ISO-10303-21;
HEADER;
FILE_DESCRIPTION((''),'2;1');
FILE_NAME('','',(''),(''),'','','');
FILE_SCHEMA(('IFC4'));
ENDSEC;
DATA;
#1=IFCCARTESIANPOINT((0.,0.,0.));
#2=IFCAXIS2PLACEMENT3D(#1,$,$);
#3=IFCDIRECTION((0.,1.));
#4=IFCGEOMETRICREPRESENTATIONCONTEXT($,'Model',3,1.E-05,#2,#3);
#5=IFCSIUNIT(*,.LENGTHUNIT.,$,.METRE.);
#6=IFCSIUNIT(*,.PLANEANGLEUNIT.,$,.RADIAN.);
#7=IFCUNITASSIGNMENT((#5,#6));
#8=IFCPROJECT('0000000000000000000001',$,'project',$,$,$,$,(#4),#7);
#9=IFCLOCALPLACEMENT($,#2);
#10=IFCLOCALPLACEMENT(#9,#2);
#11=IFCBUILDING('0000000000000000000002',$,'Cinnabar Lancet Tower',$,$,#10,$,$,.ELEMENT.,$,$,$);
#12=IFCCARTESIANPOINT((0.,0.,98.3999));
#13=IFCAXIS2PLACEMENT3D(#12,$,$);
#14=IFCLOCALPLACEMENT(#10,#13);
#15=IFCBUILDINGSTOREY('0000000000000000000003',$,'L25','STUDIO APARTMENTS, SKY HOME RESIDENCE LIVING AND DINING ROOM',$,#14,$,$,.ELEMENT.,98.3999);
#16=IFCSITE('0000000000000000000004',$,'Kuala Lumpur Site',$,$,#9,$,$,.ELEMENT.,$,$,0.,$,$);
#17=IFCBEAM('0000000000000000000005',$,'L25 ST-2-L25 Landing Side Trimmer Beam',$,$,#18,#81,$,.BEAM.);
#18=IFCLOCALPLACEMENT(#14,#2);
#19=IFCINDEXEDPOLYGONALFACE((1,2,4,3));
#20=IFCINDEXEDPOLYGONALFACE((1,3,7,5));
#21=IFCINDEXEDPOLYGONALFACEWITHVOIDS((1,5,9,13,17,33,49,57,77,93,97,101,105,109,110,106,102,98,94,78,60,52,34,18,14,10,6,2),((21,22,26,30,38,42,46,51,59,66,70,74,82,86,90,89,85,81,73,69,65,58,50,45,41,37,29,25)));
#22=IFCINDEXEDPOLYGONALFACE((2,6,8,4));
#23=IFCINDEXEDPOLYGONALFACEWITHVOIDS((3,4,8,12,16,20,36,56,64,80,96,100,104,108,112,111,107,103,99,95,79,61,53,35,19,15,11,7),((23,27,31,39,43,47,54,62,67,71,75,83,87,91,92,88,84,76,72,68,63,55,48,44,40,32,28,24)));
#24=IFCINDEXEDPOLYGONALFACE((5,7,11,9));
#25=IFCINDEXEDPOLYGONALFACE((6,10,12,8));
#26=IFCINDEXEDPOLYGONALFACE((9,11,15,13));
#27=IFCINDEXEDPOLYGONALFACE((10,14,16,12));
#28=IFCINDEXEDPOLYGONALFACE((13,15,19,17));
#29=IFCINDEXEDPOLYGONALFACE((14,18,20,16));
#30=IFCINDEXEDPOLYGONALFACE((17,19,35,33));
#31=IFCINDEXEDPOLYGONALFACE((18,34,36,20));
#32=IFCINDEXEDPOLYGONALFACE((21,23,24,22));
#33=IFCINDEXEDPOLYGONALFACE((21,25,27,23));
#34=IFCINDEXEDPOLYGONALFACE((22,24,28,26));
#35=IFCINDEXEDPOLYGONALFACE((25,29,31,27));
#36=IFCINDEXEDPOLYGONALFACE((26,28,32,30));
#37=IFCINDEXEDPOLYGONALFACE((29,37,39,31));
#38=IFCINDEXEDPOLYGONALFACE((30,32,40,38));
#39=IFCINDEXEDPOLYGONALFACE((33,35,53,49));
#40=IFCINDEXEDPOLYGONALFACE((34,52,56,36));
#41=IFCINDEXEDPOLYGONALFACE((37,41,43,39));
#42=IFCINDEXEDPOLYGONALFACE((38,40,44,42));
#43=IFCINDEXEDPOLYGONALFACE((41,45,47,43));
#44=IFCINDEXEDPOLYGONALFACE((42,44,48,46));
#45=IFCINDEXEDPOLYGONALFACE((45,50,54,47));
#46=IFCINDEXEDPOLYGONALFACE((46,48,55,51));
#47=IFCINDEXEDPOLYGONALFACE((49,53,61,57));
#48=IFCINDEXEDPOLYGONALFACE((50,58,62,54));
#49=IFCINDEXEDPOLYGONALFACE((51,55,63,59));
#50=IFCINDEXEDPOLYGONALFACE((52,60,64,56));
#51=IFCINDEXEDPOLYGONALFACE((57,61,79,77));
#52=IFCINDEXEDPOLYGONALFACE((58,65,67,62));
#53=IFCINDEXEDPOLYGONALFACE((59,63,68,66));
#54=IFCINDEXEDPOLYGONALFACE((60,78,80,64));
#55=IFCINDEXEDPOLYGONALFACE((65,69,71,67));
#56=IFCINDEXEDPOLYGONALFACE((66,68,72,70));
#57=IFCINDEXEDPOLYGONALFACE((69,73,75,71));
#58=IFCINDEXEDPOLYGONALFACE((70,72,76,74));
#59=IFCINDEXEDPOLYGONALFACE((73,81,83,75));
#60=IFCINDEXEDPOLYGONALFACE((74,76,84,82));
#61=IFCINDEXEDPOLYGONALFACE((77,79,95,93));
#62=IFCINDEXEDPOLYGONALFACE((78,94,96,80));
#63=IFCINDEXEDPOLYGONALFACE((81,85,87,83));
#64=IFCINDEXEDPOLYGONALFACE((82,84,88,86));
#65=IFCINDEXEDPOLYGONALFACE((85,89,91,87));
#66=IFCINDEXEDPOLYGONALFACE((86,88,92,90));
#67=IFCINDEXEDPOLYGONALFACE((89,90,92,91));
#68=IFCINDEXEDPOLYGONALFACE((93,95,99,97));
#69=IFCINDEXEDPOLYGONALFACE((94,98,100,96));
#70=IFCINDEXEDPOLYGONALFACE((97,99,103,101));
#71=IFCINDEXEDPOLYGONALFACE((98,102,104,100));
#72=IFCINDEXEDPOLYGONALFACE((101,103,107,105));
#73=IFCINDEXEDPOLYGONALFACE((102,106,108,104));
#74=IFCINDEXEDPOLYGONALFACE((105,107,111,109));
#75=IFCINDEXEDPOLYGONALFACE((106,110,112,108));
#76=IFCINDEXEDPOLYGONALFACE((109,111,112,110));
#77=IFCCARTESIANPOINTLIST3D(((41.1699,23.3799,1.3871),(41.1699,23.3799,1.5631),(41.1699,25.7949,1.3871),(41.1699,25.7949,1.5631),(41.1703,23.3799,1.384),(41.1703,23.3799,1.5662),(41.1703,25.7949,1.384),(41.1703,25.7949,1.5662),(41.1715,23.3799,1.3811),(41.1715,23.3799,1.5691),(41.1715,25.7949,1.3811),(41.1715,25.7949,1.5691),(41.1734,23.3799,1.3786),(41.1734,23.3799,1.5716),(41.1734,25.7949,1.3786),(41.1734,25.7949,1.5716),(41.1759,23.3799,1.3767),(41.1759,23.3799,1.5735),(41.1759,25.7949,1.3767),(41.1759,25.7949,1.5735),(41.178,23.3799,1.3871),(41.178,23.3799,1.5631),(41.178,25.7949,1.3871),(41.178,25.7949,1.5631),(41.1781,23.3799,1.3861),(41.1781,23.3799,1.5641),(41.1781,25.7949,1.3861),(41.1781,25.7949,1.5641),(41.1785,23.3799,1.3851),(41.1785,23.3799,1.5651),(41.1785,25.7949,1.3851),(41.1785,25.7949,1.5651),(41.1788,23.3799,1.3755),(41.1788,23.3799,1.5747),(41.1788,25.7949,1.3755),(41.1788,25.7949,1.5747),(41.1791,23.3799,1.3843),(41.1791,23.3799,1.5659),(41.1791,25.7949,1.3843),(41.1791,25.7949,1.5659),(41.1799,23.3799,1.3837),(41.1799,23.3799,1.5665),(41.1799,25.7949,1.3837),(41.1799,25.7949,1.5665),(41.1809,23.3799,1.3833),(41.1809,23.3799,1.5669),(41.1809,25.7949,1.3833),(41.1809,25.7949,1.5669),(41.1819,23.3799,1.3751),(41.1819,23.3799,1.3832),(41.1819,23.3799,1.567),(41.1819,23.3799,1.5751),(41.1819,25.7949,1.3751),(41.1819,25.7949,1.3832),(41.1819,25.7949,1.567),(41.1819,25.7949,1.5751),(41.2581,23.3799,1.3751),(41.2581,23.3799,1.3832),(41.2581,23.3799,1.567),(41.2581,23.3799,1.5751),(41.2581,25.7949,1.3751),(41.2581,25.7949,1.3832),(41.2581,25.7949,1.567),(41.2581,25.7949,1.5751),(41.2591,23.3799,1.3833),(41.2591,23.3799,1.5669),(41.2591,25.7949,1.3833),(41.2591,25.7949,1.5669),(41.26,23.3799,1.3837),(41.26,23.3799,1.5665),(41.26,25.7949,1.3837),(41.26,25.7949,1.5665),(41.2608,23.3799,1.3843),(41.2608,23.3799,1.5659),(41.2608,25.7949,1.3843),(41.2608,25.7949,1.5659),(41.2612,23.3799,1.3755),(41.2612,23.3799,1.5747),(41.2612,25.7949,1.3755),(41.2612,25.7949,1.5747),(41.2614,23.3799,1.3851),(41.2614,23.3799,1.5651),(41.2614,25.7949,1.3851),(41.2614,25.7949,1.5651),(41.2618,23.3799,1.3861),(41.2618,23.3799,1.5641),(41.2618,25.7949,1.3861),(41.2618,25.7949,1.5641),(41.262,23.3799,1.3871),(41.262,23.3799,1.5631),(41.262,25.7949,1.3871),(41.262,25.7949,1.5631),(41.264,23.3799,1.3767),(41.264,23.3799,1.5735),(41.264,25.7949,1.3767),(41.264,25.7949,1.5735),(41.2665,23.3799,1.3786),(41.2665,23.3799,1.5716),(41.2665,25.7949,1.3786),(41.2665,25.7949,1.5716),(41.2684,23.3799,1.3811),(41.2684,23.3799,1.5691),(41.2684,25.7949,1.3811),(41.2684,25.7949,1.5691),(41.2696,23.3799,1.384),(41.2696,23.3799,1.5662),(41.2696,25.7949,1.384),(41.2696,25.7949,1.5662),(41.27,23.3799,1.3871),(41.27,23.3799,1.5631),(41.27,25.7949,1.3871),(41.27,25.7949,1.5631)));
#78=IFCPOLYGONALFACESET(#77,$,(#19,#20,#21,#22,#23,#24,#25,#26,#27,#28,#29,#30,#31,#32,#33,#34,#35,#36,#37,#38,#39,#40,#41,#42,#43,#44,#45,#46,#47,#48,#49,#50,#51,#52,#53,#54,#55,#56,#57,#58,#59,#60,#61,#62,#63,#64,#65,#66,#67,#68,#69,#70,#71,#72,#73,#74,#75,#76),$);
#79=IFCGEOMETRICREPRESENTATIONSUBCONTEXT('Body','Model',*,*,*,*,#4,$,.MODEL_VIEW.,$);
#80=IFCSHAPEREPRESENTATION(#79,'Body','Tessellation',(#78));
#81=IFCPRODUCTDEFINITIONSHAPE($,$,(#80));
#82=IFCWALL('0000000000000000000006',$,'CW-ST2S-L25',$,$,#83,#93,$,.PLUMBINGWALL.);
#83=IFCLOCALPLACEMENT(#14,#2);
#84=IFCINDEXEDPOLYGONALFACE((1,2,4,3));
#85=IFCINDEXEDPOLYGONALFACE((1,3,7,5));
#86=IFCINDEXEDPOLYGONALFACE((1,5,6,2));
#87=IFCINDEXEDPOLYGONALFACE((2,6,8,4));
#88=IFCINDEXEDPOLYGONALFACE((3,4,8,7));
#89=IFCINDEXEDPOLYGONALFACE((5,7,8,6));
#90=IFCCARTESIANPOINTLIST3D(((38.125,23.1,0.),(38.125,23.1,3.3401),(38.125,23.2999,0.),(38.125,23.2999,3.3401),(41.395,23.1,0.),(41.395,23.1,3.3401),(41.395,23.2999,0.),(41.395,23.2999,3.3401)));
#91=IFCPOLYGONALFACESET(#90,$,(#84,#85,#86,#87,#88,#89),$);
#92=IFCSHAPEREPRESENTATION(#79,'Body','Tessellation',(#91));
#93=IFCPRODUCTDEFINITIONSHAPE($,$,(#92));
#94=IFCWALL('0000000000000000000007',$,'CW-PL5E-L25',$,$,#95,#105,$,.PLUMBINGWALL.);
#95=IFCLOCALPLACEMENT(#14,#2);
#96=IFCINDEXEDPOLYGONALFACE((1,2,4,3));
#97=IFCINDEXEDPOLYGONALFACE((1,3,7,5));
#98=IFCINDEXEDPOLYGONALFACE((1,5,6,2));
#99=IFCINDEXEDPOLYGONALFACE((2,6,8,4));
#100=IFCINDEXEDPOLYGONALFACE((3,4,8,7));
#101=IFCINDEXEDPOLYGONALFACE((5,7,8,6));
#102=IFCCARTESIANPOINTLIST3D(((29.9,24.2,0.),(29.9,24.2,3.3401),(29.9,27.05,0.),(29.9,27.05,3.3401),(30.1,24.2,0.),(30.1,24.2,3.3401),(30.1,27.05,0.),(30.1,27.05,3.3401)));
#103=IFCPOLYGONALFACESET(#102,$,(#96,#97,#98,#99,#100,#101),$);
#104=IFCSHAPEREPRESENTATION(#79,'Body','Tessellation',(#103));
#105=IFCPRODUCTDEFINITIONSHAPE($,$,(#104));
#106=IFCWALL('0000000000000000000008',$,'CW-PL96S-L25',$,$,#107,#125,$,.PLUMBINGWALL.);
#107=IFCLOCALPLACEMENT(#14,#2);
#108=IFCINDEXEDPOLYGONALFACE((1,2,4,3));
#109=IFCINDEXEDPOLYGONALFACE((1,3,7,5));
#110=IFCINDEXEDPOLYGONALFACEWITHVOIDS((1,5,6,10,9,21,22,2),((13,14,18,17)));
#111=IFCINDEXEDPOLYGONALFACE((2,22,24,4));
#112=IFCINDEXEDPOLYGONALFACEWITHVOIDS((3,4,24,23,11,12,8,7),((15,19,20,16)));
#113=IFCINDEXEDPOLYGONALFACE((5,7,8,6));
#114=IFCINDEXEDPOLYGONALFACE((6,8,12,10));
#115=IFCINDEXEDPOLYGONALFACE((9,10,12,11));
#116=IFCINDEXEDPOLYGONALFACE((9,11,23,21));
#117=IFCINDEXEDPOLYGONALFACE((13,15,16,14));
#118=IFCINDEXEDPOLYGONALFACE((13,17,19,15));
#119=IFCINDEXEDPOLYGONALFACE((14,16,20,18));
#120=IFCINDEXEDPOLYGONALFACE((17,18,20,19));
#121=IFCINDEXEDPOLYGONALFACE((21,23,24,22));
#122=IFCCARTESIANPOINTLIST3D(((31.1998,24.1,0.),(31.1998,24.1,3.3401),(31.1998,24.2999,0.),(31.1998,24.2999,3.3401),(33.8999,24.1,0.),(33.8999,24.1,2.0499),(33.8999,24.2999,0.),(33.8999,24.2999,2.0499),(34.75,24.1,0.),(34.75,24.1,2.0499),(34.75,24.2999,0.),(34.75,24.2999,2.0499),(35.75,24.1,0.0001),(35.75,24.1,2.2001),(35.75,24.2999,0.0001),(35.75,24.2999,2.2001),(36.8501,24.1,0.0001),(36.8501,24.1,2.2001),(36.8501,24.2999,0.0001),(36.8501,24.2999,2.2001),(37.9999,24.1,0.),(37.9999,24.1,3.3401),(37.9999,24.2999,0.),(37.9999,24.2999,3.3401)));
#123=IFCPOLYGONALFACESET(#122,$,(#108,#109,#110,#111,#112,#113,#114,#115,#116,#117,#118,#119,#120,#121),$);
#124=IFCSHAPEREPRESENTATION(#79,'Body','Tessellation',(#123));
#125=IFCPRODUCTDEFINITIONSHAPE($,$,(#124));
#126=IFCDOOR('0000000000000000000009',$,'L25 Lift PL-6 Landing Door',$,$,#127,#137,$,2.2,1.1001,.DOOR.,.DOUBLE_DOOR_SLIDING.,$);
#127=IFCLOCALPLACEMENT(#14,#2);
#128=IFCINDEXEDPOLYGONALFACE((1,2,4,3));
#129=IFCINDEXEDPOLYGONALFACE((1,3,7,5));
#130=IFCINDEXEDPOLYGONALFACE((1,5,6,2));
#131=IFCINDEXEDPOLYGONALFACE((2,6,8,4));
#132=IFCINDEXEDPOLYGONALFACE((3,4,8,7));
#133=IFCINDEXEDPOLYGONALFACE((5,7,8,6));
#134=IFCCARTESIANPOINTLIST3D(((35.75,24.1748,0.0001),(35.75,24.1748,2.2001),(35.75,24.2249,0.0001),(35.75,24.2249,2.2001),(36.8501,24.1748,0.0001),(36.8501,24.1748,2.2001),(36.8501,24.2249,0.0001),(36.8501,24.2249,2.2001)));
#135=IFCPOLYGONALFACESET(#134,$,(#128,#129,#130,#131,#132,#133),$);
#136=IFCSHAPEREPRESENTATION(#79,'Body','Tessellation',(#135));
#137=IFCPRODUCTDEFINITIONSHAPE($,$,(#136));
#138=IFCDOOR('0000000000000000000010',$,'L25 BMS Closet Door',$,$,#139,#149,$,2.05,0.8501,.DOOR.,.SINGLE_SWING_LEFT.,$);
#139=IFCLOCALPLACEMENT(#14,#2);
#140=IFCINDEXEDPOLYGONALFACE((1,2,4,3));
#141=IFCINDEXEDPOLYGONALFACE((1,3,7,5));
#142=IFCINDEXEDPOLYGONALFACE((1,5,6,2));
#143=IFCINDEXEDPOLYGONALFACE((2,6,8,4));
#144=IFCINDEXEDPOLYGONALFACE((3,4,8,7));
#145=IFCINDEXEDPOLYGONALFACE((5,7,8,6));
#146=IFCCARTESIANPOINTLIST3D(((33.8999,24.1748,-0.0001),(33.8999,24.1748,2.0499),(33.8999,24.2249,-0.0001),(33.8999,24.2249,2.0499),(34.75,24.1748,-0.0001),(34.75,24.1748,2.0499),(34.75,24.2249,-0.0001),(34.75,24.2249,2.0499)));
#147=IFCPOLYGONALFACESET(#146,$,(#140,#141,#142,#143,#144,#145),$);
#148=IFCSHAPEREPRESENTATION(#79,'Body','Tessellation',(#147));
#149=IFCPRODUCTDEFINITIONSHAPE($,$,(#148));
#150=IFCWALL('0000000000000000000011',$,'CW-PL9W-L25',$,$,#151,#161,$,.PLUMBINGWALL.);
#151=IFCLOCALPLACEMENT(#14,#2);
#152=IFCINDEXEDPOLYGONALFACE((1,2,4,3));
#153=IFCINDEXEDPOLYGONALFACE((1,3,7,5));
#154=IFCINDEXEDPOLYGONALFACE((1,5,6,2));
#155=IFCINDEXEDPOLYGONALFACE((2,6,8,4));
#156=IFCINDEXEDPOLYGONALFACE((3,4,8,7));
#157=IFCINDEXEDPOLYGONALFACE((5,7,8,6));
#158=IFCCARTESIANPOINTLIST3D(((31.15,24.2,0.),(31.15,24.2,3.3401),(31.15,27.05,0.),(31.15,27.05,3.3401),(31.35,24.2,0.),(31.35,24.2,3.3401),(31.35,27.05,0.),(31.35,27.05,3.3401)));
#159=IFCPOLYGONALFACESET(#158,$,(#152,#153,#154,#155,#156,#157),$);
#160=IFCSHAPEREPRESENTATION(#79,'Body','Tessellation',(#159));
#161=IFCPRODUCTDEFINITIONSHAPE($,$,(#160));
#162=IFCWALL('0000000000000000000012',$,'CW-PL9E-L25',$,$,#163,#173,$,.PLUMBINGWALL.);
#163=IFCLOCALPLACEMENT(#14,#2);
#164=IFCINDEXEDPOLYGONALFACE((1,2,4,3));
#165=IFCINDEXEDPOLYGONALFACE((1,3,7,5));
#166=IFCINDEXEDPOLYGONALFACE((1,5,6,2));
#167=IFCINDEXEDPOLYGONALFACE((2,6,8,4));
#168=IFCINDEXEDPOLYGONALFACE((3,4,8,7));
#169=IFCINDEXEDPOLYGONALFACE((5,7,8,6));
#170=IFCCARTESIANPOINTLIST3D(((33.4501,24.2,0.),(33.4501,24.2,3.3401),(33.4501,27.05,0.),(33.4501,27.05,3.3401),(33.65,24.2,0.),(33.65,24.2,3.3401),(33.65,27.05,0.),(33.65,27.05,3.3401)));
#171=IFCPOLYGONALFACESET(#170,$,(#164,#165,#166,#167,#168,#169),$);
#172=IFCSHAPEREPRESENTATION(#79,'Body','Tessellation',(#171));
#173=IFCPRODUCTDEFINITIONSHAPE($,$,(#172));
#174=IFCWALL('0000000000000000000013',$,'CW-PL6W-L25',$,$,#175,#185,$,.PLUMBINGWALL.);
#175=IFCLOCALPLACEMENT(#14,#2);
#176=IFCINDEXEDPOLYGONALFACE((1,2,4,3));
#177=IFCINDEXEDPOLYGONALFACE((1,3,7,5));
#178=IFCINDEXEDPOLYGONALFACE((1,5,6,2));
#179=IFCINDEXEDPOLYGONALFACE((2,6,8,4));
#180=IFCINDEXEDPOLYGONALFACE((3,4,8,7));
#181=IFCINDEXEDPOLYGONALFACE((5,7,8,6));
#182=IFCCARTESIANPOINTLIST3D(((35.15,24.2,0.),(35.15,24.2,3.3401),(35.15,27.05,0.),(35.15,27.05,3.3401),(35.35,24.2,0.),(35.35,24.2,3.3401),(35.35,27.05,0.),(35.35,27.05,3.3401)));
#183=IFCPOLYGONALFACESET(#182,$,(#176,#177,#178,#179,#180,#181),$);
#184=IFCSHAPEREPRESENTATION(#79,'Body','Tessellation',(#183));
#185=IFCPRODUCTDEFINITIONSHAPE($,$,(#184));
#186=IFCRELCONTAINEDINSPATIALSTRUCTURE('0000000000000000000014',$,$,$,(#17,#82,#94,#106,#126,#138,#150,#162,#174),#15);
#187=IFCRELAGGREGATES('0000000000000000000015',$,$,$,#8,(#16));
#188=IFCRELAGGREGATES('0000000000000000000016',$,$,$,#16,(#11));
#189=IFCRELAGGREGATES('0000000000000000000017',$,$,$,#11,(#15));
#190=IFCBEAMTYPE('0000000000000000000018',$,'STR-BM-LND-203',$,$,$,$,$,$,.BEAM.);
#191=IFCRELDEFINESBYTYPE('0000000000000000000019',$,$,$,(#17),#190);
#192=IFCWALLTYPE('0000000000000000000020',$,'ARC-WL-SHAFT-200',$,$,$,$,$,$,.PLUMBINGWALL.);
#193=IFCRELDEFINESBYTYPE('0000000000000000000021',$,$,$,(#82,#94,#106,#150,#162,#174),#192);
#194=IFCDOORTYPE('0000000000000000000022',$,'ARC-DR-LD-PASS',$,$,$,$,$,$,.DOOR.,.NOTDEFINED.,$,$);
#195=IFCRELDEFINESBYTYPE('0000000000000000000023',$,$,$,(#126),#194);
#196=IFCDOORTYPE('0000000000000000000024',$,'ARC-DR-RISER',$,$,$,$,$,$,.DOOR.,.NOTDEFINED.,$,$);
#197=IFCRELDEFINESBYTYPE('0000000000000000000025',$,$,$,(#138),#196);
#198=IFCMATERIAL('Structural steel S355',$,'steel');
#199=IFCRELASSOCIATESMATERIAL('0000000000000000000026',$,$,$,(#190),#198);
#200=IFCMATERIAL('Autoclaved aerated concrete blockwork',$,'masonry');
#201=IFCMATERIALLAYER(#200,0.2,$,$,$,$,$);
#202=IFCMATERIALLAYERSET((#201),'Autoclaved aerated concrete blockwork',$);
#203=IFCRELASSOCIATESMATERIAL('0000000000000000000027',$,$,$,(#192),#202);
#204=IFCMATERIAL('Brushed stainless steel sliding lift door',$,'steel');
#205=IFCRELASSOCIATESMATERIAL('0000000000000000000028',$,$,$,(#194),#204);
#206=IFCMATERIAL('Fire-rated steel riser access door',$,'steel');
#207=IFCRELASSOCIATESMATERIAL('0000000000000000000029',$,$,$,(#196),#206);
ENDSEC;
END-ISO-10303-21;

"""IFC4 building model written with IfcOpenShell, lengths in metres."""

from ifc_helpers import new_model, si_unit, direction, frame, frame_2d, origin, origin_2d, place, context, subcontext, project, spatial, rectangle, hollow_rectangle, extrude, material, layer, layer_set, material_profile, profile_set, type_object, element, fill, save


model = new_model("IFC4")

# Units and contexts
model_context = context("Model", 3, precision=1e-05, world=origin(), true_north=direction((0.0, 1.0)))
body_context = subcontext(model_context, "Body", "Model", "MODEL_VIEW")
ifc_project = project(units=[si_unit("LENGTHUNIT", "METRE"), si_unit("PLANEANGLEUNIT", "RADIAN")], contexts=[model_context])

# Site, building, storey
site_placement = place(None, origin())
site = spatial("IfcSite", under=ifc_project, at=site_placement, Name="Kuala Lumpur Site", CompositionType="ELEMENT", RefElevation=0.0)
building_placement = place(site_placement, origin())
building = spatial("IfcBuilding", under=site, at=building_placement, Name="Cinnabar Lancet Tower", CompositionType="ELEMENT")
storey_placement = place(building_placement, frame((0.0, 0.0, 98.3999)))
storey = spatial("IfcBuildingStorey", under=building, at=storey_placement, Name="L25", Description="STUDIO APARTMENTS, SKY HOME RESIDENCE LIVING AND DINING ROOM", CompositionType="ELEMENT", Elevation=98.3999)

# Beam
ifc_material_1 = material(Name="Structural steel S355", Category="steel")
ifc_material_profile_1 = material_profile(ifc_material_1, hollow_rectangle(XDim=0.1001, YDim=0.2, WallThickness=0.0081, InnerFilletRadius=0.0039, OuterFilletRadius=0.012, at=origin_2d()), Name="RHS 200x100x8")
ifc_profile_set_1 = profile_set([ifc_material_profile_1], Name="Structural steel S355")
beam_type = type_object("IfcBeamType", Name="STR-BM-LND-203", PredefinedType="BEAM", material=ifc_profile_set_1)
beam_placement = place(storey_placement, frame((41.22, 23.3799, 1.4751), z_axis=(0.0, 1.0, 0.0), x_axis=(-1.0, 0.0, 0.0)))
element("IfcBeam", 1, at=beam_placement, inside=storey, type_object=beam_type, Name="L25 ST-2-L25 Landing Side Trimmer Beam", PredefinedType="BEAM", context=body_context, shape_type="SweptSolid", body=[
    extrude(hollow_rectangle(XDim=0.1001, YDim=0.2, WallThickness=0.0081, InnerFilletRadius=0.0039, OuterFilletRadius=0.012, at=origin_2d()), origin(), (0.0, 0.0, 1.0), 2.415),
])

# Walls
ifc_material_2 = material(Name="Autoclaved aerated concrete blockwork", Category="masonry")
ifc_layer_1 = layer(ifc_material_2, 0.2)
ifc_layer_set_1 = layer_set([ifc_layer_1], Name="Autoclaved aerated concrete blockwork")
wall_type_1 = type_object("IfcWallType", Name="ARC-WL-SHAFT-200", PredefinedType="PLUMBINGWALL", material=ifc_layer_set_1)
wall_1_placement = place(storey_placement, frame((38.125, 23.2, 0.0), z_axis=(0.0, 0.0, 1.0), x_axis=(1.0, 0.0, 0.0)))
element("IfcWall", 2, at=wall_1_placement, inside=storey, type_object=wall_type_1, Name="CW-ST2S-L25", PredefinedType="PLUMBINGWALL", context=body_context, shape_type="SweptSolid", body=[
    extrude(rectangle(XDim=3.27, YDim=0.2, at=frame_2d((1.635, 0.0))), origin(), (0.0, 0.0, 1.0), 3.3401),
])
wall_2_placement = place(storey_placement, frame((30.0, 24.2, 0.0), z_axis=(0.0, 0.0, 1.0), x_axis=(0.0, 1.0, 0.0)))
element("IfcWall", 3, at=wall_2_placement, inside=storey, type_object=wall_type_1, Name="CW-PL5E-L25", PredefinedType="PLUMBINGWALL", context=body_context, shape_type="SweptSolid", body=[
    extrude(rectangle(XDim=2.8501, YDim=0.2, at=frame_2d((1.425, 0.0))), origin(), (0.0, 0.0, 1.0), 3.3401),
])

# Wall, openings, doors
wall_3_placement = place(storey_placement, frame((31.2, 24.2, 0.0), z_axis=(0.0, 0.0, 1.0), x_axis=(1.0, 0.0, 0.0)))
wall_3 = element("IfcWall", 4, at=wall_3_placement, inside=storey, type_object=wall_type_1, Name="CW-PL96S-L25", PredefinedType="PLUMBINGWALL", context=body_context, shape_type="SweptSolid", body=[
    extrude(rectangle(XDim=6.8, YDim=0.2, at=frame_2d((3.3999, 0.0))), origin(), (0.0, 0.0, 1.0), 3.3401),
])
opening_1_placement = place(wall_3_placement, frame((2.7, 0.0, 0.0)))
opening_1 = element("IfcOpeningElement", 5, at=opening_1_placement, cuts=wall_3, PredefinedType="OPENING", context=body_context, shape_type="SweptSolid", body=[
    extrude(rectangle(XDim=0.8501, YDim=2.05, at=frame_2d((0.425, 1.0249))), frame((0.0, 0.1099, 0.0), z_axis=(0.0, -1.0, 0.0), x_axis=(1.0, 0.0, 0.0)), (0.0, 0.0, 1.0), 0.22),
])
opening_2_placement = place(wall_3_placement, frame((4.55, 0.0, 0.0)))
opening_2 = element("IfcOpeningElement", 6, at=opening_2_placement, cuts=wall_3, PredefinedType="OPENING", context=body_context, shape_type="SweptSolid", body=[
    extrude(rectangle(XDim=1.1001, YDim=2.2, at=frame_2d((0.55, 1.1001))), frame((0.0, 0.1099, 0.0), z_axis=(0.0, -1.0, 0.0), x_axis=(1.0, 0.0, 0.0)), (0.0, 0.0, 1.0), 0.22),
])
ifc_material_3 = material(Name="Brushed stainless steel sliding lift door", Category="steel")
door_type_1 = type_object("IfcDoorType", Name="ARC-DR-LD-PASS", OperationType="NOTDEFINED", PredefinedType="DOOR", material=ifc_material_3)
door_1_placement = place(opening_2_placement, origin())
door_1 = element("IfcDoor", 7, at=door_1_placement, inside=storey, type_object=door_type_1, Name="L25 Lift PL-6 Landing Door", OperationType="DOUBLE_DOOR_SLIDING", OverallHeight=2.2, OverallWidth=1.1001, PredefinedType="DOOR", context=body_context, shape_type="SweptSolid", body=[
    extrude(rectangle(XDim=1.1001, YDim=2.2, at=frame_2d((0.55, 1.1001))), frame((0.0, 0.0249, 0.0), z_axis=(0.0, -1.0, 0.0), x_axis=(1.0, 0.0, 0.0)), (0.0, 0.0, 1.0), 0.05),
])
fill(opening_2, door_1)
ifc_material_4 = material(Name="Fire-rated steel riser access door", Category="steel")
door_type_2 = type_object("IfcDoorType", Name="ARC-DR-RISER", OperationType="NOTDEFINED", PredefinedType="DOOR", material=ifc_material_4)
door_2_placement = place(opening_1_placement, origin())
door_2 = element("IfcDoor", 8, at=door_2_placement, inside=storey, type_object=door_type_2, Name="L25 BMS Closet Door", OperationType="SINGLE_SWING_LEFT", OverallHeight=2.05, OverallWidth=0.8501, PredefinedType="DOOR", context=body_context, shape_type="SweptSolid", body=[
    extrude(rectangle(XDim=0.8501, YDim=2.05, at=frame_2d((0.425, 1.0249))), frame((0.0, 0.0249, 0.0), z_axis=(0.0, -1.0, 0.0), x_axis=(1.0, 0.0, 0.0)), (0.0, 0.0, 1.0), 0.05),
])
fill(opening_1, door_2)

# Walls
for number, where, z_axis, x_axis, name in (
    (9, (31.25, 24.2, 0.0), (0.0, 0.0, 1.0), (0.0, 1.0, 0.0), "CW-PL9W-L25"),
    (10, (33.55, 24.2, 0.0), (0.0, 0.0, 1.0), (0.0, 1.0, 0.0), "CW-PL9E-L25"),
    (11, (35.25, 24.2, 0.0), (0.0, 0.0, 1.0), (0.0, 1.0, 0.0), "CW-PL6W-L25"),
):
    element("IfcWall", number, at=place(storey_placement, frame(where, z_axis=z_axis, x_axis=x_axis)), inside=storey, type_object=wall_type_1, Name=name, PredefinedType="PLUMBINGWALL", context=body_context, shape_type="SweptSolid", body=[
        extrude(rectangle(XDim=2.8501, YDim=0.2, at=frame_2d((1.425, 0.0))), origin(), (0.0, 0.0, 1.0), 3.3401),
    ])

save(model, "model.ifc")
